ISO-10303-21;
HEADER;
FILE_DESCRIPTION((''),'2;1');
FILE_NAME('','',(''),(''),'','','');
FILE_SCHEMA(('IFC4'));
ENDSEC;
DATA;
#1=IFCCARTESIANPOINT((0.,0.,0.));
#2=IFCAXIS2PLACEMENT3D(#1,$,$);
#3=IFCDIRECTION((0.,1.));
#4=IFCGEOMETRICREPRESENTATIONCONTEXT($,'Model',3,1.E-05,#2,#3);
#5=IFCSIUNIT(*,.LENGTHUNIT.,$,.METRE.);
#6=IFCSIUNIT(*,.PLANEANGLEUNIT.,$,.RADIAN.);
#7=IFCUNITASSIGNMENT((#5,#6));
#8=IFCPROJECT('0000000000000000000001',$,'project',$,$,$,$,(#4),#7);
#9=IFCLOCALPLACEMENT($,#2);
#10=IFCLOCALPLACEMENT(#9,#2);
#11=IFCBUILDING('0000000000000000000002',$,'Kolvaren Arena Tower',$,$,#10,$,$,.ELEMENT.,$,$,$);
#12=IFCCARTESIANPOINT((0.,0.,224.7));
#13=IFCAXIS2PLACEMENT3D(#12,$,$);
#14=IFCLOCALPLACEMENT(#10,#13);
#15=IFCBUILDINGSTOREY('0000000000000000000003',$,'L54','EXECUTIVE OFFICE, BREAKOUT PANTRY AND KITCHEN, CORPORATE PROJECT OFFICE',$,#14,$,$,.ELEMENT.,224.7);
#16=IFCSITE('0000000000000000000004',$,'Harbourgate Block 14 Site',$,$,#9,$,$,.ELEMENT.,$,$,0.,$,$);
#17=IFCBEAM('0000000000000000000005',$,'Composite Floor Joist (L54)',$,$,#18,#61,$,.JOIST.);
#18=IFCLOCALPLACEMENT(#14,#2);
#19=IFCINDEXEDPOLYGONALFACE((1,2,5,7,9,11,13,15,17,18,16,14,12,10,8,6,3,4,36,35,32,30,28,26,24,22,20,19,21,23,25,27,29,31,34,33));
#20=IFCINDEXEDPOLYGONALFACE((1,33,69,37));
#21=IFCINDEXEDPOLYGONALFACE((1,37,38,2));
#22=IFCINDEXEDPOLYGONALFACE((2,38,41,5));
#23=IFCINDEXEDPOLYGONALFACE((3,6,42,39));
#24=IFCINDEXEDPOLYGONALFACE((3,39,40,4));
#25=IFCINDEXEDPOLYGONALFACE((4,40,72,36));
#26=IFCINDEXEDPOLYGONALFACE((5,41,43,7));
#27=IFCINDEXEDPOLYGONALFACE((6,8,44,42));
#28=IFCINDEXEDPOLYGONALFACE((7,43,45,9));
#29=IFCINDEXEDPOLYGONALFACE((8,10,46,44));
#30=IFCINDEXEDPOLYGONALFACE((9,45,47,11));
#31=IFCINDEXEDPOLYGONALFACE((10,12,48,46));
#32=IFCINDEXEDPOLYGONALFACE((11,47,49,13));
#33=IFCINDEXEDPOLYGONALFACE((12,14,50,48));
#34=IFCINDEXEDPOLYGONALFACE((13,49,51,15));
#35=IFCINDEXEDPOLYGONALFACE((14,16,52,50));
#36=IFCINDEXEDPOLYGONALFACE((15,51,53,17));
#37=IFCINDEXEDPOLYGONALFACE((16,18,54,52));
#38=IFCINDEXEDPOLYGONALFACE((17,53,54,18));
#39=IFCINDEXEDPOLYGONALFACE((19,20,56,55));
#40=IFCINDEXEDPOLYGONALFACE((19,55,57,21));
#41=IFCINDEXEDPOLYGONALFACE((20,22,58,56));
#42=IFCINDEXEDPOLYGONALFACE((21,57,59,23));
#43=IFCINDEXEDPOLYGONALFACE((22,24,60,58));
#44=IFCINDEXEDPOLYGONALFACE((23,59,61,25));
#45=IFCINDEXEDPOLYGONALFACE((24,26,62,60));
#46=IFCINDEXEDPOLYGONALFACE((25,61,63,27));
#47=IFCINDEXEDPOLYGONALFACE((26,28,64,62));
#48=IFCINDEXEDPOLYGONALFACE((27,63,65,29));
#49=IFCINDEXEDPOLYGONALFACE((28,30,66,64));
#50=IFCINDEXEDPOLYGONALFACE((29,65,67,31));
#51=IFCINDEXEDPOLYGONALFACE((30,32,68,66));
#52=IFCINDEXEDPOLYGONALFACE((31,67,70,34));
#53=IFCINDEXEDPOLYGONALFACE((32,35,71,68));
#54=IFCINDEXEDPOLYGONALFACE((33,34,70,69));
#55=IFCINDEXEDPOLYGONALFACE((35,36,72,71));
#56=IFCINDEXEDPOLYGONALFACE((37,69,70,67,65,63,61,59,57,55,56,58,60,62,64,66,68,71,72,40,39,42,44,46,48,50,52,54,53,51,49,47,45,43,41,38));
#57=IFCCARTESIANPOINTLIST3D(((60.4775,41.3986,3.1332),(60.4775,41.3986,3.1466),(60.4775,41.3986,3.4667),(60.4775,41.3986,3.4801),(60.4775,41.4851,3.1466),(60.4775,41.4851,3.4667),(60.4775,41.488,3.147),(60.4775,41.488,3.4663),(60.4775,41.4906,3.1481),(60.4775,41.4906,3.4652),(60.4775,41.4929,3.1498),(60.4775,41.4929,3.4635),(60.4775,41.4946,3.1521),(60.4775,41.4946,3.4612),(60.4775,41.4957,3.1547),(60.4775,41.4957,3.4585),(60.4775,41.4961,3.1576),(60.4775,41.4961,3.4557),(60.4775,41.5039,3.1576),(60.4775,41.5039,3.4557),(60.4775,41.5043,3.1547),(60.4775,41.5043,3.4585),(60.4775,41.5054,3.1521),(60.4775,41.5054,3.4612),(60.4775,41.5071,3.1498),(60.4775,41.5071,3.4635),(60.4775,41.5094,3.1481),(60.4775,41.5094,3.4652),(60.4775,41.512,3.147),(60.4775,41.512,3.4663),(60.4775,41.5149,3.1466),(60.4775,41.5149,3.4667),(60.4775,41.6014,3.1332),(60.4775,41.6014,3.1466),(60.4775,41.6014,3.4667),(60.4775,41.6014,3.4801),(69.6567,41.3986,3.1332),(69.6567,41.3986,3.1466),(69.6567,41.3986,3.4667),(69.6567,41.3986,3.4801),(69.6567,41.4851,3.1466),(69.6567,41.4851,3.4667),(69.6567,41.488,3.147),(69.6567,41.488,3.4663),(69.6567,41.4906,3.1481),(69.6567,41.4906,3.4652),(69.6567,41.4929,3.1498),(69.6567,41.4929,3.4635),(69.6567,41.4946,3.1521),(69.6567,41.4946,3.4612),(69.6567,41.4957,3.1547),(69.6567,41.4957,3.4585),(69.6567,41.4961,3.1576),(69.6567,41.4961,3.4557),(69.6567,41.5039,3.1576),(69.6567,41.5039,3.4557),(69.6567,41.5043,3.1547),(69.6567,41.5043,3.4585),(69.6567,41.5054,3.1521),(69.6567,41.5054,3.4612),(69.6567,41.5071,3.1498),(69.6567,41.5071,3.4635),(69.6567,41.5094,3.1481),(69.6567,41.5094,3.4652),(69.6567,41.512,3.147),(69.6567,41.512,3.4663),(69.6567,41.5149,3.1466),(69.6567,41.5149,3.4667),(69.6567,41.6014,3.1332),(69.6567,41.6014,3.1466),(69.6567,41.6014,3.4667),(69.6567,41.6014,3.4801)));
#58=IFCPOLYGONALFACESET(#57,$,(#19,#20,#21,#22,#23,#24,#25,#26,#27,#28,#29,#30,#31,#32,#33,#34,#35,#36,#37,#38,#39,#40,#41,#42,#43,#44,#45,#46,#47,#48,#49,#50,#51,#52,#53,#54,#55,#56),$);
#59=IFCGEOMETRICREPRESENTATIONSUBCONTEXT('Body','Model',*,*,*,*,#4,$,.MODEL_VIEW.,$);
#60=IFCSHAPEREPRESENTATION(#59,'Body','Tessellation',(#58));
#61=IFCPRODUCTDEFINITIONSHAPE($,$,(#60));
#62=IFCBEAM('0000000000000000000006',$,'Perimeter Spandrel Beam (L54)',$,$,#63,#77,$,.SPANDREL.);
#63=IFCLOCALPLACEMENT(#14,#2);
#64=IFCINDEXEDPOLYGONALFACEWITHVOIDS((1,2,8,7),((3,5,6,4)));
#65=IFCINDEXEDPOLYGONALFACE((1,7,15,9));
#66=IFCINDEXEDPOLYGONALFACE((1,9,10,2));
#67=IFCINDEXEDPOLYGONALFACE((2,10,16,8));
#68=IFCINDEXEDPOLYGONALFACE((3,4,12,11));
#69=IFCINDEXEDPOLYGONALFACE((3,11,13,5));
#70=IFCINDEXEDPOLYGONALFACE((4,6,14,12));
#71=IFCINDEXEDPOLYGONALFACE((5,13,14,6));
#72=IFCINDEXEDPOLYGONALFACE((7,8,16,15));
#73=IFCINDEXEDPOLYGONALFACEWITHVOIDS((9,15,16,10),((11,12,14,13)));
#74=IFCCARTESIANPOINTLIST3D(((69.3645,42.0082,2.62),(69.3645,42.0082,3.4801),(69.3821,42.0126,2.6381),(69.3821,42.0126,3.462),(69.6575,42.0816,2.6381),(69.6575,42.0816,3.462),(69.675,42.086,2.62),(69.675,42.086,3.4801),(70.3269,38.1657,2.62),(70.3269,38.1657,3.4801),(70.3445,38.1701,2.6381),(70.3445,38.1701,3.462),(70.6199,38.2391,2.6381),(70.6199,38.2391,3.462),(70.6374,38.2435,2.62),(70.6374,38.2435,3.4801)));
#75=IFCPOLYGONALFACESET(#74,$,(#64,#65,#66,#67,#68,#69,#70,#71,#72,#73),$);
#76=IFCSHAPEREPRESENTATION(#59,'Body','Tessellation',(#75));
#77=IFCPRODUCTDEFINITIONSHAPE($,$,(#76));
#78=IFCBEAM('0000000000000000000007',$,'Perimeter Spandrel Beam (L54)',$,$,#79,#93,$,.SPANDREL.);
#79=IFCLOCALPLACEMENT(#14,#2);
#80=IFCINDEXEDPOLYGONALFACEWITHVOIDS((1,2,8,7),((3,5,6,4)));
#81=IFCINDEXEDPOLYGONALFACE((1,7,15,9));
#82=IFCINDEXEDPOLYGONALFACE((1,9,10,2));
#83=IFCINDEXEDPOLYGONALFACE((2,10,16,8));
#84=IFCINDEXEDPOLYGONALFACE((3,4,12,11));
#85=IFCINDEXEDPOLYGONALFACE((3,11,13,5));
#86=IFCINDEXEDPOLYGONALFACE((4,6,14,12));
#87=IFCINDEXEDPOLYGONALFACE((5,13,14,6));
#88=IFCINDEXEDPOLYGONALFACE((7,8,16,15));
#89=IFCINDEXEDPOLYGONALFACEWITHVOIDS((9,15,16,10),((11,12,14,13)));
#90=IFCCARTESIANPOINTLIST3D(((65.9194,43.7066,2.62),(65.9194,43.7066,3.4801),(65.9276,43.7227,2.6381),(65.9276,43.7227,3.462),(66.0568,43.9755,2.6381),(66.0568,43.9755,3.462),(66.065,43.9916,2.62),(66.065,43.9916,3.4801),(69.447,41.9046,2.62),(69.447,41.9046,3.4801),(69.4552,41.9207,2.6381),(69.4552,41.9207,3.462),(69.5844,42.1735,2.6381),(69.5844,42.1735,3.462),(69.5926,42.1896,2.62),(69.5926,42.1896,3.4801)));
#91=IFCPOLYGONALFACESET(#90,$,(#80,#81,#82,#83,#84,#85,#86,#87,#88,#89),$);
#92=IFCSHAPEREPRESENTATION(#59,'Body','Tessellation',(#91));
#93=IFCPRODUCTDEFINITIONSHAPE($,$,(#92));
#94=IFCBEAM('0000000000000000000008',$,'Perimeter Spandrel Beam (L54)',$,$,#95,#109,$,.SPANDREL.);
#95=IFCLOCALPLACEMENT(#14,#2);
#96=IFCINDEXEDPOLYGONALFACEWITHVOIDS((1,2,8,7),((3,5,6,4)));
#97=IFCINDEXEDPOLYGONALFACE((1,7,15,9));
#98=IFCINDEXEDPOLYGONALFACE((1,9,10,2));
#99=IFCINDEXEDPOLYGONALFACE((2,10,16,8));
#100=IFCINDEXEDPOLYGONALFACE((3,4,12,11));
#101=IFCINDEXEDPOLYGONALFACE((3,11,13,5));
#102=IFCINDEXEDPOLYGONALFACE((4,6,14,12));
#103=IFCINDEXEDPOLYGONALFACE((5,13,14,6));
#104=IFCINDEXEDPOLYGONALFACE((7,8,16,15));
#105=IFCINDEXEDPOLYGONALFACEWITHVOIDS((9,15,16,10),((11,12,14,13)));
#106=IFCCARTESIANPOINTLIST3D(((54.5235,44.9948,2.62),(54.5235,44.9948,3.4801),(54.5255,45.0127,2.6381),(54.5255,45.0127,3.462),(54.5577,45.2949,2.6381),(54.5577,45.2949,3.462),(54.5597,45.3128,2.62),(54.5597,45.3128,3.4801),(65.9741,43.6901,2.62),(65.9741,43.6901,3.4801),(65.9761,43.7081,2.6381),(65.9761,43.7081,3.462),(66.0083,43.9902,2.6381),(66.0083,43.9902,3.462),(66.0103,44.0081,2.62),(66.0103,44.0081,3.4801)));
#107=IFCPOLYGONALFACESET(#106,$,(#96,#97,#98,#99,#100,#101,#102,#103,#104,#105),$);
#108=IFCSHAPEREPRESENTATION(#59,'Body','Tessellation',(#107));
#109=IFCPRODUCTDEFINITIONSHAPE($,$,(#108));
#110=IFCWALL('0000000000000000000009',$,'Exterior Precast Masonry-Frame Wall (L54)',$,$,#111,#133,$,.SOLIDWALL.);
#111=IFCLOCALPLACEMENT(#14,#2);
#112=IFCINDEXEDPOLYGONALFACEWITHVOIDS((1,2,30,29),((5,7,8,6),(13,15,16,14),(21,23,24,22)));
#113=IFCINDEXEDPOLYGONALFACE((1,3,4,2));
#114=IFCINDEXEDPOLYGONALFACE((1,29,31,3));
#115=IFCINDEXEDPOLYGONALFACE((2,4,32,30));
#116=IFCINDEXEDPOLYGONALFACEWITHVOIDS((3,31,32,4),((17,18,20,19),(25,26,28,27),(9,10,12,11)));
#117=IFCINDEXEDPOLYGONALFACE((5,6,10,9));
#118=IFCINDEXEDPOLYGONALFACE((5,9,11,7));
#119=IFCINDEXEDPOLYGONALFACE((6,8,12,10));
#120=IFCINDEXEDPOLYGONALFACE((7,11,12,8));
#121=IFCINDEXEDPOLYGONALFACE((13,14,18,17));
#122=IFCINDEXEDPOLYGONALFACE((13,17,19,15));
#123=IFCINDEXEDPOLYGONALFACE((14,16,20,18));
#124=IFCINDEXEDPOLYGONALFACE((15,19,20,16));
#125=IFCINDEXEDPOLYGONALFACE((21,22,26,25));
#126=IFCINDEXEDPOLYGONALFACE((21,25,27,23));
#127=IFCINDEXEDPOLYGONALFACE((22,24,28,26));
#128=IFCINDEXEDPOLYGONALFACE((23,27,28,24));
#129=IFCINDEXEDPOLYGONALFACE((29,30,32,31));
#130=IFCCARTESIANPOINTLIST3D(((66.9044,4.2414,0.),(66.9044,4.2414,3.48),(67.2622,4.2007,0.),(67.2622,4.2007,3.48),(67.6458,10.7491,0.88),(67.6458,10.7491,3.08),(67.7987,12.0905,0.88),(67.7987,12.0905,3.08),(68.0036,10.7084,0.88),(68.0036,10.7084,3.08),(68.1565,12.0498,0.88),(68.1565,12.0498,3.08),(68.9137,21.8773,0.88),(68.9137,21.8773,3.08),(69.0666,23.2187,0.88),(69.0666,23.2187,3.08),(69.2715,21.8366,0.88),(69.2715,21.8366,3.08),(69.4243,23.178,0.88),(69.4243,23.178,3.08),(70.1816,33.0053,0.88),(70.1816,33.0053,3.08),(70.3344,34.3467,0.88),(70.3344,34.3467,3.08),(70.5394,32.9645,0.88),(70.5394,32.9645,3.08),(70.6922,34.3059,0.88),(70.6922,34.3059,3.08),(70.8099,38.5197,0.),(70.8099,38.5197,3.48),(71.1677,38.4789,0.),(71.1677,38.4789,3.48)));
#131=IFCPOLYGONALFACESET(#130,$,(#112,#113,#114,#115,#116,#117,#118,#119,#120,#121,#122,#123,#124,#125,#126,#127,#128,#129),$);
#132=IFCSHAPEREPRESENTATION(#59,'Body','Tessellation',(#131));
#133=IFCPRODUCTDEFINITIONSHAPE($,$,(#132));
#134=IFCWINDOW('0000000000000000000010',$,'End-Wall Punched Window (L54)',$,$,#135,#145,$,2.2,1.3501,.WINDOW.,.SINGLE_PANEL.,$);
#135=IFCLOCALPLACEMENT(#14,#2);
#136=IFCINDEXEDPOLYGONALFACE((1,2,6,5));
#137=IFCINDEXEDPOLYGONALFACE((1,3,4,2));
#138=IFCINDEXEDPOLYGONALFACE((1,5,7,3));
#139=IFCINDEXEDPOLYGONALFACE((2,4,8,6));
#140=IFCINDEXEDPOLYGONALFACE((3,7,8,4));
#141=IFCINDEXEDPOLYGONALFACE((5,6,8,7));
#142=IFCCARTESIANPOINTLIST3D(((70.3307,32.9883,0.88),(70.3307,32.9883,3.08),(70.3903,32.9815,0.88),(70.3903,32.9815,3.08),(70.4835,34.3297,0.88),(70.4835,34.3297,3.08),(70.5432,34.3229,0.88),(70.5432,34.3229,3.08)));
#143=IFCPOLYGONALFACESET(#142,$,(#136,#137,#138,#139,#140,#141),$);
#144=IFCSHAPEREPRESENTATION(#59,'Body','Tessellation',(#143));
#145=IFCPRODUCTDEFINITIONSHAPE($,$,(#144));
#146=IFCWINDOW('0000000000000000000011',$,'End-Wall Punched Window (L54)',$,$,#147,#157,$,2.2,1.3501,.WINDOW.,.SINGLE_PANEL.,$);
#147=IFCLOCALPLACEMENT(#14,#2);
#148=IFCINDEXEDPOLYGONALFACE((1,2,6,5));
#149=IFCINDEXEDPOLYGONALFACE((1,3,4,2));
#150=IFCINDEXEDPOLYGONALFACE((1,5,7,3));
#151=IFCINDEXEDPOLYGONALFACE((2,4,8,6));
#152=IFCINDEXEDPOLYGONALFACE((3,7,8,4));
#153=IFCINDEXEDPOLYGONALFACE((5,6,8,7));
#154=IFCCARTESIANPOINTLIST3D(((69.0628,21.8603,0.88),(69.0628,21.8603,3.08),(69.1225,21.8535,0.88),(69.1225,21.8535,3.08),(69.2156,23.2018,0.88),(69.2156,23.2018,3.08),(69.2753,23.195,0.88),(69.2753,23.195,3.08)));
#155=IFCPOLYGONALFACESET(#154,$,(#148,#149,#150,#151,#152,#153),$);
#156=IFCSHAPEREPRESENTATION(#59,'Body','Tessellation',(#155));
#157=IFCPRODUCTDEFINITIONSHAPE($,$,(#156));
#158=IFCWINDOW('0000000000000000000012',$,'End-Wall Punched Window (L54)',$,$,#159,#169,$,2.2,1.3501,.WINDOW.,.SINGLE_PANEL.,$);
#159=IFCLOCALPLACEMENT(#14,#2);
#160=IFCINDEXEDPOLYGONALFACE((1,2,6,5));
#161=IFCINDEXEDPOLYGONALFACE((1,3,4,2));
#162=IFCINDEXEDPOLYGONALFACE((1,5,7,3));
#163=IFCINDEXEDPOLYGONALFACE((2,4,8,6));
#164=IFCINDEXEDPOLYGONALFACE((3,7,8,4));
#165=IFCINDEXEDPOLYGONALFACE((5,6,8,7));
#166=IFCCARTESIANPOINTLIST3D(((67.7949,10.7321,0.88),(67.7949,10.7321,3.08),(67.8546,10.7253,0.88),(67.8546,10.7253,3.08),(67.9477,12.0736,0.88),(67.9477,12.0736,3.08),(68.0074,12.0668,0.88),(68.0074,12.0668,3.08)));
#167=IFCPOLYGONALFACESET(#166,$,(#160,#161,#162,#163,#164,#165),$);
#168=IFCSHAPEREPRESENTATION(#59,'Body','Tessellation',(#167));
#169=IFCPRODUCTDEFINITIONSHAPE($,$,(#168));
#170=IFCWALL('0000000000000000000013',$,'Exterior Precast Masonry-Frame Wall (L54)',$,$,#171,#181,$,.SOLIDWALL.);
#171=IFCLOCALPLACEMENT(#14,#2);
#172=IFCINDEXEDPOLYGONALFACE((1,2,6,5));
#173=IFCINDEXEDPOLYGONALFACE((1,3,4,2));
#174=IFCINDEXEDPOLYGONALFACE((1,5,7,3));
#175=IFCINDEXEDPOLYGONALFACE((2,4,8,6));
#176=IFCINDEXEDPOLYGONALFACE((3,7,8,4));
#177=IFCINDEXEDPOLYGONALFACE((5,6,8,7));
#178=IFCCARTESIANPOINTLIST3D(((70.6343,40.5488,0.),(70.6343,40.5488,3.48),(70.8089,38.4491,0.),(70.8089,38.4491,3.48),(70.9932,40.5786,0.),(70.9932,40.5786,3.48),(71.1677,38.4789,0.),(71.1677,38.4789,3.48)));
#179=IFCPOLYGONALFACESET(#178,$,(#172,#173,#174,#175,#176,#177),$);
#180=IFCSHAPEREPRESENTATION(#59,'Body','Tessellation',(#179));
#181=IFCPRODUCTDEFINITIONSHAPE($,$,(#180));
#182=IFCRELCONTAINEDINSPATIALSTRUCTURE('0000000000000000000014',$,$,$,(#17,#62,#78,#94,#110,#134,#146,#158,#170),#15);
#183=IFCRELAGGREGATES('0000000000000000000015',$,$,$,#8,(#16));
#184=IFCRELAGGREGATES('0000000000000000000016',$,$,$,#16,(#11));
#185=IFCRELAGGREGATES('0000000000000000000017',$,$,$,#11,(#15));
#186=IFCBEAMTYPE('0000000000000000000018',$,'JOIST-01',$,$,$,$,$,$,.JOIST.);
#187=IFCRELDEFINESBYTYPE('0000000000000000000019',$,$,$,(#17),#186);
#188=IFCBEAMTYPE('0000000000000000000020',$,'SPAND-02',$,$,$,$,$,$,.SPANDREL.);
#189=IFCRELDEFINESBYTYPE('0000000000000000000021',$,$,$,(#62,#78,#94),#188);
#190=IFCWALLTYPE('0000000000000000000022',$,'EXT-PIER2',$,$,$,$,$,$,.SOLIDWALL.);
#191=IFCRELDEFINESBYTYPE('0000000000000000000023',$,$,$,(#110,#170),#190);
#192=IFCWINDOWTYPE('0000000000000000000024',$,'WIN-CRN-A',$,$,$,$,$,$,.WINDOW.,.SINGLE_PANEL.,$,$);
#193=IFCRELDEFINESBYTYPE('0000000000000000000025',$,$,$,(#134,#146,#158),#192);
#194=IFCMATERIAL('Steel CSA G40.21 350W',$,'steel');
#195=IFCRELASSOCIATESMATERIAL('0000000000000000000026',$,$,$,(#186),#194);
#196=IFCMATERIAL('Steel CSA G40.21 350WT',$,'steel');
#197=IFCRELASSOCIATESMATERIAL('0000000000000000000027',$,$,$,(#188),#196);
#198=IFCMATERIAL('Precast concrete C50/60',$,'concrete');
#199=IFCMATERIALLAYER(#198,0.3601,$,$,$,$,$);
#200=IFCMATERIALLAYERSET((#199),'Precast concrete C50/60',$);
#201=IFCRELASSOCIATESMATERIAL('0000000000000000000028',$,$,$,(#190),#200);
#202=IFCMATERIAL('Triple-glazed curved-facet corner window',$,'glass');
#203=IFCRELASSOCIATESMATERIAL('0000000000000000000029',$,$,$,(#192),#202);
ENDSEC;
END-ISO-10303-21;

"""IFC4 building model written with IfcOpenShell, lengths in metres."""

from ifc_helpers import new_model, si_unit, direction, frame, frame_2d, origin, origin_2d, place, context, subcontext, project, spatial, rectangle, hollow_rectangle, i_section, extrude, material, layer, layer_set, material_profile, profile_set, type_object, element, fill, save


model = new_model("IFC4")

# Units and contexts
model_context = context("Model", 3, precision=1e-05, world=origin(), true_north=direction((0.0, 1.0)))
body_context = subcontext(model_context, "Body", "Model", "MODEL_VIEW")
ifc_project = project(units=[si_unit("LENGTHUNIT", "METRE"), si_unit("PLANEANGLEUNIT", "RADIAN")], contexts=[model_context])

# Site, building, storey
site_placement = place(None, origin())
site = spatial("IfcSite", under=ifc_project, at=site_placement, Name="Harbourgate Block 14 Site", CompositionType="ELEMENT", RefElevation=0.0)
building_placement = place(site_placement, origin())
building = spatial("IfcBuilding", under=site, at=building_placement, Name="Kolvaren Arena Tower", CompositionType="ELEMENT")
storey_placement = place(building_placement, frame((0.0, 0.0, 224.7)))
storey = spatial("IfcBuildingStorey", under=building, at=storey_placement, Name="L54", Description="EXECUTIVE OFFICE, BREAKOUT PANTRY AND KITCHEN, CORPORATE PROJECT OFFICE", CompositionType="ELEMENT", Elevation=224.7)

# Beams
ifc_material_1 = material(Name="Steel CSA G40.21 350W", Category="steel")
ifc_material_profile_1 = material_profile(ifc_material_1, i_section(OverallWidth=0.2029, OverallDepth=0.3469, WebThickness=0.0078, FlangeThickness=0.0134, FilletRadius=0.011, at=origin_2d()), Name="W360x64")
ifc_profile_set_1 = profile_set([ifc_material_profile_1], Name="Steel CSA G40.21 350W")
beam_type_1 = type_object("IfcBeamType", Name="JOIST-01", PredefinedType="JOIST", material=ifc_profile_set_1)
beam_1_placement = place(storey_placement, frame((60.4775, 41.5, 3.3066), z_axis=(1.0, 0.0, 0.0), x_axis=(0.0, 1.0, 0.0)))
element("IfcBeam", 1, at=beam_1_placement, inside=storey, type_object=beam_type_1, Name="Composite Floor Joist (L54)", PredefinedType="JOIST", context=body_context, shape_type="SweptSolid", body=[
    extrude(i_section(OverallWidth=0.2029, OverallDepth=0.3469, WebThickness=0.0078, FlangeThickness=0.0134, FilletRadius=0.011, at=origin_2d()), origin(), (0.0, 0.0, 1.0), 9.1792),
])
ifc_material_2 = material(Name="Steel CSA G40.21 350WT", Category="steel")
ifc_material_profile_2 = material_profile(ifc_material_2, hollow_rectangle(XDim=0.3201, YDim=0.8601, WallThickness=0.0181, at=origin_2d()), Name="HSS 860x320x18")
ifc_profile_set_2 = profile_set([ifc_material_profile_2], Name="Steel CSA G40.21 350WT")
beam_type_2 = type_object("IfcBeamType", Name="SPAND-02", PredefinedType="SPANDREL", material=ifc_profile_set_2)
for number, where, z_axis, x_axis, name in (
    (2, (70.4822, 38.2046, 3.05), (-0.242956, 0.970037, 0.0), (-0.970037, -0.242956, 0.0), "Perimeter Spandrel Beam (L54)"),
    (3, (69.5198, 42.0471, 3.05), (-0.890536, 0.454913, 0.0), (-0.454913, -0.890536, 0.0), "Perimeter Spandrel Beam (L54)"),
):
    element("IfcBeam", number, at=place(storey_placement, frame(where, z_axis=z_axis, x_axis=x_axis)), inside=storey, type_object=beam_type_2, Name=name, PredefinedType="SPANDREL", context=body_context, shape_type="SweptSolid", body=[
        extrude(hollow_rectangle(XDim=0.3201, YDim=0.8601, WallThickness=0.0181, at=origin_2d()), origin(), (0.0, 0.0, 1.0), 3.9612),
    ])
beam_2_placement = place(storey_placement, frame((65.9922, 43.8491, 3.05), z_axis=(-0.993571, 0.113207, 0.0), x_axis=(-0.113207, -0.993571, 0.0)))
element("IfcBeam", 4, at=beam_2_placement, inside=storey, type_object=beam_type_2, Name="Perimeter Spandrel Beam (L54)", PredefinedType="SPANDREL", context=body_context, shape_type="SweptSolid", body=[
    extrude(hollow_rectangle(XDim=0.3201, YDim=0.8601, WallThickness=0.0181, at=origin_2d()), origin(), (0.0, 0.0, 1.0), 11.5247),
])

# Wall, openings, windows
ifc_material_3 = material(Name="Precast concrete C50/60", Category="concrete")
ifc_layer_1 = layer(ifc_material_3, 0.3601)
ifc_layer_set_1 = layer_set([ifc_layer_1], Name="Precast concrete C50/60")
wall_type_1 = type_object("IfcWallType", Name="EXT-PIER2", PredefinedType="SOLIDWALL", material=ifc_layer_set_1)
wall_1_placement = place(storey_placement, frame((70.9888, 38.4993, 0.0), z_axis=(0.0, 0.0, 1.0), x_axis=(-0.113203, -0.993572, 0.0)))
wall_1 = element("IfcWall", 5, at=wall_1_placement, inside=storey, type_object=wall_type_1, Name="Exterior Precast Masonry-Frame Wall (L54)", PredefinedType="SOLIDWALL", context=body_context, shape_type="SweptSolid", body=[
    extrude(rectangle(XDim=34.5, YDim=0.3601, at=frame_2d((17.25, 0.0))), origin(), (0.0, 0.0, 1.0), 3.48),
])
opening_1_placement = place(wall_1_placement, frame((4.2, 0.0, 0.8799)))
opening_1 = element("IfcOpeningElement", 6, at=opening_1_placement, cuts=wall_1, PredefinedType="OPENING", context=body_context, shape_type="SweptSolid", body=[
    extrude(rectangle(XDim=1.3501, YDim=2.2, at=frame_2d((0.675, 1.1001))), frame((0.0, 0.1899, 0.0), z_axis=(0.0, -1.0, 0.0), x_axis=(1.0, 0.0, 0.0)), (0.0, 0.0, 1.0), 0.3801),
])
opening_2_placement = place(wall_1_placement, frame((15.3999, 0.0, 0.8799)))
opening_2 = element("IfcOpeningElement", 7, at=opening_2_placement, cuts=wall_1, PredefinedType="OPENING", context=body_context, shape_type="SweptSolid", body=[
    extrude(rectangle(XDim=1.3501, YDim=2.2, at=frame_2d((0.675, 1.1001))), frame((0.0, 0.1899, 0.0), z_axis=(0.0, -1.0, 0.0), x_axis=(1.0, 0.0, 0.0)), (0.0, 0.0, 1.0), 0.3801),
])
opening_3_placement = place(wall_1_placement, frame((26.6001, 0.0, 0.8799)))
opening_3 = element("IfcOpeningElement", 8, at=opening_3_placement, cuts=wall_1, PredefinedType="OPENING", context=body_context, shape_type="SweptSolid", body=[
    extrude(rectangle(XDim=1.3501, YDim=2.2, at=frame_2d((0.675, 1.1001))), frame((0.0, 0.1899, 0.0), z_axis=(0.0, -1.0, 0.0), x_axis=(1.0, 0.0, 0.0)), (0.0, 0.0, 1.0), 0.3801),
])
ifc_material_4 = material(Name="Triple-glazed curved-facet corner window", Category="glass")
window_type = type_object("IfcWindowType", Name="WIN-CRN-A", PartitioningType="SINGLE_PANEL", PredefinedType="WINDOW", material=ifc_material_4)
window_1_placement = place(opening_1_placement, origin())
window_1 = element("IfcWindow", 9, at=window_1_placement, inside=storey, type_object=window_type, Name="End-Wall Punched Window (L54)", OverallHeight=2.2, OverallWidth=1.3501, PartitioningType="SINGLE_PANEL", PredefinedType="WINDOW", context=body_context, shape_type="SweptSolid", body=[
    extrude(rectangle(XDim=1.3501, YDim=2.2, at=frame_2d((0.675, 1.1001))), frame((0.0, 0.03, 0.0), z_axis=(0.0, -1.0, 0.0), x_axis=(1.0, 0.0, 0.0)), (0.0, 0.0, 1.0), 0.0601),
])
fill(opening_1, window_1)
window_2_placement = place(opening_2_placement, origin())
window_2 = element("IfcWindow", 10, at=window_2_placement, inside=storey, type_object=window_type, Name="End-Wall Punched Window (L54)", OverallHeight=2.2, OverallWidth=1.3501, PartitioningType="SINGLE_PANEL", PredefinedType="WINDOW", context=body_context, shape_type="SweptSolid", body=[
    extrude(rectangle(XDim=1.3501, YDim=2.2, at=frame_2d((0.675, 1.1001))), frame((0.0, 0.03, 0.0), z_axis=(0.0, -1.0, 0.0), x_axis=(1.0, 0.0, 0.0)), (0.0, 0.0, 1.0), 0.0601),
])
fill(opening_2, window_2)
window_3_placement = place(opening_3_placement, origin())
window_3 = element("IfcWindow", 11, at=window_3_placement, inside=storey, type_object=window_type, Name="End-Wall Punched Window (L54)", OverallHeight=2.2, OverallWidth=1.3501, PartitioningType="SINGLE_PANEL", PredefinedType="WINDOW", context=body_context, shape_type="SweptSolid", body=[
    extrude(rectangle(XDim=1.3501, YDim=2.2, at=frame_2d((0.675, 1.1001))), frame((0.0, 0.03, 0.0), z_axis=(0.0, -1.0, 0.0), x_axis=(1.0, 0.0, 0.0)), (0.0, 0.0, 1.0), 0.0601),
])
fill(opening_3, window_3)

# Wall
wall_2_placement = place(storey_placement, frame((70.8137, 40.5637, 0.0), z_axis=(0.0, 0.0, 1.0), x_axis=(0.082854, -0.996562, 0.0)))
element("IfcWall", 12, at=wall_2_placement, inside=storey, type_object=wall_type_1, Name="Exterior Precast Masonry-Frame Wall (L54)", PredefinedType="SOLIDWALL", context=body_context, shape_type="SweptSolid", body=[
    extrude(rectangle(XDim=2.1069, YDim=0.3601, at=frame_2d((1.0535, 0.0))), origin(), (0.0, 0.0, 1.0), 3.48),
])

save(model, "model.ifc")
